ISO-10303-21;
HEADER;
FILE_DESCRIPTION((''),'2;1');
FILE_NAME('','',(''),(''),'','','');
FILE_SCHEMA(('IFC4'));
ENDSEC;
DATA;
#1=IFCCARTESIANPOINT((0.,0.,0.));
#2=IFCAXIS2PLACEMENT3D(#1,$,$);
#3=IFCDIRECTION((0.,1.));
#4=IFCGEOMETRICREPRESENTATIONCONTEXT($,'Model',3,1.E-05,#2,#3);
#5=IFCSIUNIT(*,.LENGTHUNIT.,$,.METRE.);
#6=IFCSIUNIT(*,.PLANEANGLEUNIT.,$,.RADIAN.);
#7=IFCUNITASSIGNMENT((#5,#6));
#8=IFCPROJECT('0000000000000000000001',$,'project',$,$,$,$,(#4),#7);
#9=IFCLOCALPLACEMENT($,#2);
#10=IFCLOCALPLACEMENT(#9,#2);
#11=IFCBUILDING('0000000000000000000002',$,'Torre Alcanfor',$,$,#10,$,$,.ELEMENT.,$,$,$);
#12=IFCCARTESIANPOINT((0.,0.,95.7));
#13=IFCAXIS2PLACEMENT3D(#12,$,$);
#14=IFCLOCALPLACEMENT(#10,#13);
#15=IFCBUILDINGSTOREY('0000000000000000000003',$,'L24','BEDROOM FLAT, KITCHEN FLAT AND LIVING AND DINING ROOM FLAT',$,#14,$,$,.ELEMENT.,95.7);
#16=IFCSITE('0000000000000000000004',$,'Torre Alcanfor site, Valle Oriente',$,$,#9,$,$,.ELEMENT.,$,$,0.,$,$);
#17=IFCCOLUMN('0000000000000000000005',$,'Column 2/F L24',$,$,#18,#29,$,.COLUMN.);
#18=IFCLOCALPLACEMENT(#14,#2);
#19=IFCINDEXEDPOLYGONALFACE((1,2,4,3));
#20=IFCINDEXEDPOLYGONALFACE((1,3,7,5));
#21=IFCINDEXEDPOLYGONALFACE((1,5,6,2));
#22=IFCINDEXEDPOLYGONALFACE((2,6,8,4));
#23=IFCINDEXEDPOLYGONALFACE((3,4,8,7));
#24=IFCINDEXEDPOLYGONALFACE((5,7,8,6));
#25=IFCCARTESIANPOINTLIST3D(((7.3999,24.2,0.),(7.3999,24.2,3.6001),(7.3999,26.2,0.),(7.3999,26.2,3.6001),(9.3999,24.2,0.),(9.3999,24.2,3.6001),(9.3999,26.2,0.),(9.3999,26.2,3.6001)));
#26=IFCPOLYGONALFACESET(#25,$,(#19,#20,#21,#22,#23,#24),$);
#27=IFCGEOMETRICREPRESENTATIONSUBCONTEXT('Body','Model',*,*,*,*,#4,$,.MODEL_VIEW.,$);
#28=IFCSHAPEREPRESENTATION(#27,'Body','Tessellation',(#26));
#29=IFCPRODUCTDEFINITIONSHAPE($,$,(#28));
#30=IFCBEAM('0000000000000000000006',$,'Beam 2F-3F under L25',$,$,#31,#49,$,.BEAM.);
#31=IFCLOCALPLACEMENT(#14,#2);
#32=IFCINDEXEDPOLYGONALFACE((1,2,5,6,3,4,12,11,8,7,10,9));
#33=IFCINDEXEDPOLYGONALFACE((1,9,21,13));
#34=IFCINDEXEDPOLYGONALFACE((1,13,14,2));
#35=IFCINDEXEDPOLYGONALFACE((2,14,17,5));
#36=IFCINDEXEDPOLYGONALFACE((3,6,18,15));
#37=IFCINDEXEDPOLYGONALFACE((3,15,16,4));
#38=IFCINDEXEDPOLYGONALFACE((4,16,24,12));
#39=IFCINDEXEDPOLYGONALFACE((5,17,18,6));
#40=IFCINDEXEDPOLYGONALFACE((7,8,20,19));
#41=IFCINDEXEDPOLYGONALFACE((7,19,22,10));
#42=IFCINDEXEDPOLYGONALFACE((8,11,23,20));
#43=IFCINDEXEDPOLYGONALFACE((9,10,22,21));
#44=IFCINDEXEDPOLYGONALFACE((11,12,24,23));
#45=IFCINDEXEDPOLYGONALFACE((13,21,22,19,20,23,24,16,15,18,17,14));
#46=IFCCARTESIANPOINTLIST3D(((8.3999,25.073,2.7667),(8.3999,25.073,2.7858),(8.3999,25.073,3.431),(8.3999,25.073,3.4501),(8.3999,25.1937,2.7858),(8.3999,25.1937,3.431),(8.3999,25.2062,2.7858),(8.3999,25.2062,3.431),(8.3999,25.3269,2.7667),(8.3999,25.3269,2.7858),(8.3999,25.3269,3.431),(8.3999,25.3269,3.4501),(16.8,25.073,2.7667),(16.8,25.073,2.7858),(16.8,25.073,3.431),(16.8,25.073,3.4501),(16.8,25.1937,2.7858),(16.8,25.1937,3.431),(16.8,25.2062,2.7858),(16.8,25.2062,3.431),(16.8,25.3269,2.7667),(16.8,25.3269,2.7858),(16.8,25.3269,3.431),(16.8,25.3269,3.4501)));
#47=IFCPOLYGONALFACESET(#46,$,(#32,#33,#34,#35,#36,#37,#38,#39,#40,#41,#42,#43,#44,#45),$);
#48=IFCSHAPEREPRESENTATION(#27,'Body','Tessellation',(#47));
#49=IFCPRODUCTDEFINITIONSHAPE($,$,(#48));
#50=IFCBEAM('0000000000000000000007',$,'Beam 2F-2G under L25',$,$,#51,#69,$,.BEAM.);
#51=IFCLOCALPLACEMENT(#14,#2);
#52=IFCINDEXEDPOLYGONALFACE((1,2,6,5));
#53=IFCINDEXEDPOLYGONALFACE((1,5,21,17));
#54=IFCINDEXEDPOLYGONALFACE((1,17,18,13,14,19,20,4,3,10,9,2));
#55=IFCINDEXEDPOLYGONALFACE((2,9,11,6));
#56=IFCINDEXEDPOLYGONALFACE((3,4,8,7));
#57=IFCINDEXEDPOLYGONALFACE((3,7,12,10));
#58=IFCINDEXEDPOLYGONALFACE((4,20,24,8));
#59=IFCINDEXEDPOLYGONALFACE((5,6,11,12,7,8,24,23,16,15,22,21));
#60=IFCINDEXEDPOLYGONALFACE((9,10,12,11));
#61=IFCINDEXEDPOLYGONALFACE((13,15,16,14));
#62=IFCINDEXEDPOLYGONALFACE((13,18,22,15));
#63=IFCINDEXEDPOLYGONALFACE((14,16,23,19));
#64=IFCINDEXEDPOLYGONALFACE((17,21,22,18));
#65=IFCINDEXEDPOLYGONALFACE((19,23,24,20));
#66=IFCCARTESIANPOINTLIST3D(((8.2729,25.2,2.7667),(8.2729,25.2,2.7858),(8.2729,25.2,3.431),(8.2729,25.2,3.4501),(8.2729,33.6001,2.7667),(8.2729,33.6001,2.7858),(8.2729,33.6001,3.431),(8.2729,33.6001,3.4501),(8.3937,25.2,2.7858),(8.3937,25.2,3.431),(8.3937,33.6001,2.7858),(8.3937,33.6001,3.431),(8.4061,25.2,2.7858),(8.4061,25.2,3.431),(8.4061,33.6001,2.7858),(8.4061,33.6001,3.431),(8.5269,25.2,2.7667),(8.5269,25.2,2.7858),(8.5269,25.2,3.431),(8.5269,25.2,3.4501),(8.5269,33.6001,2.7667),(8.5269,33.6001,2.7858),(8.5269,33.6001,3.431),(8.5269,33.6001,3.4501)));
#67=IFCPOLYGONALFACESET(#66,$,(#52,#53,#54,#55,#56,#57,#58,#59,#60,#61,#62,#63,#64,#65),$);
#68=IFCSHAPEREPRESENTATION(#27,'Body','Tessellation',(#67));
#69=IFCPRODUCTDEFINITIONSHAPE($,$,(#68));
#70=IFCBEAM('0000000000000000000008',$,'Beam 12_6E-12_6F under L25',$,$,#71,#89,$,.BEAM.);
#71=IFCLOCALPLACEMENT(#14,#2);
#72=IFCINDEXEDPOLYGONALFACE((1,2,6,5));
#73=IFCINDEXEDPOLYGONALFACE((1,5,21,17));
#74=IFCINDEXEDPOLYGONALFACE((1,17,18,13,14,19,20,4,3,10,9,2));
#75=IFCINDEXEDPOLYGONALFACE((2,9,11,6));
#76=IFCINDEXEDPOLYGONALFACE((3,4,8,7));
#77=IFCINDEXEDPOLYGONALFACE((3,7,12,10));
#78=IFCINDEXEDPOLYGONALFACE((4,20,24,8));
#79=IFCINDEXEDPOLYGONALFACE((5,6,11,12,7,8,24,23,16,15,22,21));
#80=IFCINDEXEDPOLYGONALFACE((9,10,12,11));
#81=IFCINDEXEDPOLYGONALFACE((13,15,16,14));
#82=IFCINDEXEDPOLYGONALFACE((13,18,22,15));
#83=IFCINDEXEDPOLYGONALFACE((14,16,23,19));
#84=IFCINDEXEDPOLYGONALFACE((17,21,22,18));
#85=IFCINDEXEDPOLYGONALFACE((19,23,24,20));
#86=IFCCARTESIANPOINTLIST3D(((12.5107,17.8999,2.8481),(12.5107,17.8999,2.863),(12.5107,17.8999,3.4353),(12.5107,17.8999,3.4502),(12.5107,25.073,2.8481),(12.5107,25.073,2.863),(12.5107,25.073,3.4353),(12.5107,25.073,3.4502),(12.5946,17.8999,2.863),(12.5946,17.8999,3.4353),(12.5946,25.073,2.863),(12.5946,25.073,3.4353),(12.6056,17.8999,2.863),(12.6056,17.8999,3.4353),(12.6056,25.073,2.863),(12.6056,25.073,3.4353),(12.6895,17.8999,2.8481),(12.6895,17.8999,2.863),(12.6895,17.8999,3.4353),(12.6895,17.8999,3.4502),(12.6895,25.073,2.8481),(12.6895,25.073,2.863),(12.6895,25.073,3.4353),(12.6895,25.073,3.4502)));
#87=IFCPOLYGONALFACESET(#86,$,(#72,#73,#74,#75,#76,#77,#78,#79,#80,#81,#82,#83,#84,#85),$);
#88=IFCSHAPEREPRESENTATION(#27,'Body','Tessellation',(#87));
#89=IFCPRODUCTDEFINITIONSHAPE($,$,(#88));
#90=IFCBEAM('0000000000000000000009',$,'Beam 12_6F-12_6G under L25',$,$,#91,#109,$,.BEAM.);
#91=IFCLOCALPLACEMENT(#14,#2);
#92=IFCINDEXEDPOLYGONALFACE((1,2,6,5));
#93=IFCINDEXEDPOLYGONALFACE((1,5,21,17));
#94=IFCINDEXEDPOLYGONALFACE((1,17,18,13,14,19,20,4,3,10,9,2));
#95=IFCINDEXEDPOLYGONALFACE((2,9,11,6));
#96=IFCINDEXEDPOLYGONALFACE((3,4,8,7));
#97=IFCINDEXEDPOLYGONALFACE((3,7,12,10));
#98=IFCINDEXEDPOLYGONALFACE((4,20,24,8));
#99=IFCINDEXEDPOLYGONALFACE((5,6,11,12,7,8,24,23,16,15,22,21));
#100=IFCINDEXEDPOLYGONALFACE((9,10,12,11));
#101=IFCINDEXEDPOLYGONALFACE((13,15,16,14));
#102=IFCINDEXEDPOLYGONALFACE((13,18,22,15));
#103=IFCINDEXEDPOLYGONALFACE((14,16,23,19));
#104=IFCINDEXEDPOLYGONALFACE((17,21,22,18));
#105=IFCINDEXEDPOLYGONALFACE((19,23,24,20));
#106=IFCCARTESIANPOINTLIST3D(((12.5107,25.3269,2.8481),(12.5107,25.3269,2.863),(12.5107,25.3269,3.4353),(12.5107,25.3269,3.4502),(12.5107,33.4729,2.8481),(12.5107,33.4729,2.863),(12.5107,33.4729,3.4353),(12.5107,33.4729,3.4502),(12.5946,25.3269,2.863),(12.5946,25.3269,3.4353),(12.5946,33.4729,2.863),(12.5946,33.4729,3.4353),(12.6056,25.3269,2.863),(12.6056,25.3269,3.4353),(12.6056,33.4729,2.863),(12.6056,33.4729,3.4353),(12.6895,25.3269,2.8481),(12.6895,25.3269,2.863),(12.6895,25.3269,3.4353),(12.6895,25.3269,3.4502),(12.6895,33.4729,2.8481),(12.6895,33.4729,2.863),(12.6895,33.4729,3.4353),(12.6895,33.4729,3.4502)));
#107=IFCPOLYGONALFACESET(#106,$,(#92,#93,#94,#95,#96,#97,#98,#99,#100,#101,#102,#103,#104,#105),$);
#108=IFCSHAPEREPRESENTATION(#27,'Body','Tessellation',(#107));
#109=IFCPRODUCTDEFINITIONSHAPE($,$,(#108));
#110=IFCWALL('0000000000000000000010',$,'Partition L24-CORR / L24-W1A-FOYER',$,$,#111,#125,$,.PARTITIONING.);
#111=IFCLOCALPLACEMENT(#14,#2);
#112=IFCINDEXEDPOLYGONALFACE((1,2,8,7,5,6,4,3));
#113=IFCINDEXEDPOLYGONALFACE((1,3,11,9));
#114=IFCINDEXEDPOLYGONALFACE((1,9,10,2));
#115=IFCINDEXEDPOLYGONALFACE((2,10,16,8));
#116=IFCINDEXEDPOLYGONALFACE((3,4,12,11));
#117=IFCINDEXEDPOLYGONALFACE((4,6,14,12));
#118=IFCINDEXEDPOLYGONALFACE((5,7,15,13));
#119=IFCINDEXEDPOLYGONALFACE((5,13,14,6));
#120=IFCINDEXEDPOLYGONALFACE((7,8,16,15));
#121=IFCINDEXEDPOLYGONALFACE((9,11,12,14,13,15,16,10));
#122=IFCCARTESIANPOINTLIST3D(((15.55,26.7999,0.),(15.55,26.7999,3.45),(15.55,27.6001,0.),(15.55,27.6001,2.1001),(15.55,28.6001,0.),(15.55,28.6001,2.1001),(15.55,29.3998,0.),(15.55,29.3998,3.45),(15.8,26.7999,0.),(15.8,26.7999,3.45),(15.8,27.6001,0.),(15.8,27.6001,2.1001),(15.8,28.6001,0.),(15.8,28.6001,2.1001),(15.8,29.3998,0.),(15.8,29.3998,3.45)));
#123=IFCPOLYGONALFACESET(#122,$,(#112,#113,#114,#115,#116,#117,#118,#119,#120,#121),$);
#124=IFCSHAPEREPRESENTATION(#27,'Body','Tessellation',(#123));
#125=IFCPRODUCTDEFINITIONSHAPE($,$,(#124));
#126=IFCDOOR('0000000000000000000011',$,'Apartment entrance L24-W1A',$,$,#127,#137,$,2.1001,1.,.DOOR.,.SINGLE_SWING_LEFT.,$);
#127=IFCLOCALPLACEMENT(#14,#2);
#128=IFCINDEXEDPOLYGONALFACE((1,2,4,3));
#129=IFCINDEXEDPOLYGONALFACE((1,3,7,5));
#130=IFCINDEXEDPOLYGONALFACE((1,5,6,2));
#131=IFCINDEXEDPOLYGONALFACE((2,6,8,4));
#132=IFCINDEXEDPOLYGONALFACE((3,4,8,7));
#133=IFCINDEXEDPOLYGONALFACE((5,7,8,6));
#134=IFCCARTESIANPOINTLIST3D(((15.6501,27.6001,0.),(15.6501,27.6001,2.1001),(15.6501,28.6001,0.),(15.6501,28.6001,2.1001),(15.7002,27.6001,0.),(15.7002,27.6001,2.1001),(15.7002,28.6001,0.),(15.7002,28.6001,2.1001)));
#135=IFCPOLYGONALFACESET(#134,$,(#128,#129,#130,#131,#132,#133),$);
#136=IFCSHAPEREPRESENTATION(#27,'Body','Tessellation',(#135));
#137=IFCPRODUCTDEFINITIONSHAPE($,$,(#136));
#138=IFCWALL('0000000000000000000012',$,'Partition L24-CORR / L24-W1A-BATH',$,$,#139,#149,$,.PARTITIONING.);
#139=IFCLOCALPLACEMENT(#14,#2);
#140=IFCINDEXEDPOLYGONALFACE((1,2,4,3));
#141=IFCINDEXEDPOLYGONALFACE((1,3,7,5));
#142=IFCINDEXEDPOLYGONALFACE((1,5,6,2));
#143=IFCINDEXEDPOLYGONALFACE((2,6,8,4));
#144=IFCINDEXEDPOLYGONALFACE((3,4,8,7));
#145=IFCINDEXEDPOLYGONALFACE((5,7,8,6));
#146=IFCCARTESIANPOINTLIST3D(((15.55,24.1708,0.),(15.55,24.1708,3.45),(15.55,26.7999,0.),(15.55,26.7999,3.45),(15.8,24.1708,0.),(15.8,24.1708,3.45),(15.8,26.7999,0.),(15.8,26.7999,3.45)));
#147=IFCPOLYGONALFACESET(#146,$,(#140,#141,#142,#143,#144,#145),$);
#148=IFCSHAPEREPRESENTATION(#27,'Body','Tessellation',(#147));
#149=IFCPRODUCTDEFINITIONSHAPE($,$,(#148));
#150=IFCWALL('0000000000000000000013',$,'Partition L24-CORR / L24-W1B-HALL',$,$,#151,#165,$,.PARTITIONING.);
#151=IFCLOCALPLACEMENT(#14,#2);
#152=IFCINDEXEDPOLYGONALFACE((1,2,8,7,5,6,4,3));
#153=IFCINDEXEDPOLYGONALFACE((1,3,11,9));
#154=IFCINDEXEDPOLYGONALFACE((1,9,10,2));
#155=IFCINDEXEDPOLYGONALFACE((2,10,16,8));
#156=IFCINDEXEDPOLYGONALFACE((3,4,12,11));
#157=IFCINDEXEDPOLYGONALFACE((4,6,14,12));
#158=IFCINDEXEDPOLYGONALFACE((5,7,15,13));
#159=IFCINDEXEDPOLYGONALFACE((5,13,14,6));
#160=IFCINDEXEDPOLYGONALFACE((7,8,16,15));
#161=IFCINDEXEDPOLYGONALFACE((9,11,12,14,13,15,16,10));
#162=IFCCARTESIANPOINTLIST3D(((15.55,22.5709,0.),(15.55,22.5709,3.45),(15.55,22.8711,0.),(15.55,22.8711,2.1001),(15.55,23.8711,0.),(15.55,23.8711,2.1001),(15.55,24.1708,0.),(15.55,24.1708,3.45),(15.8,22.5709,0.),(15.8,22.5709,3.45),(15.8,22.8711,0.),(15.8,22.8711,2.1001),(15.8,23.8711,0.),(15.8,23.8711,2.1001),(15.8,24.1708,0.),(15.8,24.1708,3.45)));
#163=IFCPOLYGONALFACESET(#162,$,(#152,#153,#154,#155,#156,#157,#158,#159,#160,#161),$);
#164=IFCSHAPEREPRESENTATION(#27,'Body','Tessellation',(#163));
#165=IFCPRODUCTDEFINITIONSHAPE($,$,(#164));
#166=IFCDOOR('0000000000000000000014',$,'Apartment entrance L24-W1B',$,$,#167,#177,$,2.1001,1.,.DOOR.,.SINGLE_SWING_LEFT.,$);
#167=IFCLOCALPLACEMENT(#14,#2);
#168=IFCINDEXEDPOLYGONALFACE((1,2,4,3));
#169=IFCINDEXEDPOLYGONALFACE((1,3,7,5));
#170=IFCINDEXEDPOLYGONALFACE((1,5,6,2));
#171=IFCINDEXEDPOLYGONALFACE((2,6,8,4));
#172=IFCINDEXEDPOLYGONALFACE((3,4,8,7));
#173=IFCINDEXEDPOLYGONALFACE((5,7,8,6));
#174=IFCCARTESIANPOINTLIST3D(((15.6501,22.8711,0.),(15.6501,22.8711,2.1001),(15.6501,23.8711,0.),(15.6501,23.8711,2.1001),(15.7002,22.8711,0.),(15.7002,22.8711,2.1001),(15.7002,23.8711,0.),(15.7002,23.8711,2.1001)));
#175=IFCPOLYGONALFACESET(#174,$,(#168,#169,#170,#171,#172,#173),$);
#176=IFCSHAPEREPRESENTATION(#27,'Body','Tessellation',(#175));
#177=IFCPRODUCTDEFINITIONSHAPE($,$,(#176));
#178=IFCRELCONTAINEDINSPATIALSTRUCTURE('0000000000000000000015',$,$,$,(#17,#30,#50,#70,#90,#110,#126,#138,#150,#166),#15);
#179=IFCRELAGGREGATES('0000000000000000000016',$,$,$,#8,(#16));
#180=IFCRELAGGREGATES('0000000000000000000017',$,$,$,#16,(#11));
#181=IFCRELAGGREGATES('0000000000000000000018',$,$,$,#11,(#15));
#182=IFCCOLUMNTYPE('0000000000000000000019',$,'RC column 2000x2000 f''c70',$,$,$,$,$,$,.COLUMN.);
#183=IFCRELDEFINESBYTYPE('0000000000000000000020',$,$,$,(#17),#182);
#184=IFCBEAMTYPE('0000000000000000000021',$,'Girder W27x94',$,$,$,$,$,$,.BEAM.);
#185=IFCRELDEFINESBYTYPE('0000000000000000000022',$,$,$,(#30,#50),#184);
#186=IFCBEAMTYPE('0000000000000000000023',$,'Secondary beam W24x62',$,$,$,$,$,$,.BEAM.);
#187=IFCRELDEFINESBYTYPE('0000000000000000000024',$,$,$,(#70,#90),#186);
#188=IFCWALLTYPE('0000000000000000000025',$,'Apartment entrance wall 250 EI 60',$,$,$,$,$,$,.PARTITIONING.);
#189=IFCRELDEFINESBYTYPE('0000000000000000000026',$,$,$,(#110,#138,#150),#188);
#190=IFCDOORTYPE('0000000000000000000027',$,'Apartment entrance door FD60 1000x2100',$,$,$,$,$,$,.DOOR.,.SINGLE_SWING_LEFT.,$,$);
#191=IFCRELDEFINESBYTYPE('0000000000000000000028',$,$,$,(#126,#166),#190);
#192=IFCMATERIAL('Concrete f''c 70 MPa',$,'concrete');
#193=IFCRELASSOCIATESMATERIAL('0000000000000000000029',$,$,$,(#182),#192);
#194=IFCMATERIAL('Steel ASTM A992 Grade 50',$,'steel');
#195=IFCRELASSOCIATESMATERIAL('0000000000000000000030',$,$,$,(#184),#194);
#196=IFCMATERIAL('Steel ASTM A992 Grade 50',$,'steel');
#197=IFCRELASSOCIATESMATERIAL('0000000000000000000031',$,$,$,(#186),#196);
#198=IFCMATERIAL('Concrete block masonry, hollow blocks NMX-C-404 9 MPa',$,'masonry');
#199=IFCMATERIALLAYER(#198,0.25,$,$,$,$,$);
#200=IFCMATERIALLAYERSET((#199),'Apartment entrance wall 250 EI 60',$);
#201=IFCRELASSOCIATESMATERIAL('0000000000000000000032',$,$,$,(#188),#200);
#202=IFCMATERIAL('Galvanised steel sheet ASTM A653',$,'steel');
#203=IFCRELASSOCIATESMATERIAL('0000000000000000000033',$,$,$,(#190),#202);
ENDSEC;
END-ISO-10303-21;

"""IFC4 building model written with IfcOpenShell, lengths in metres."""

from ifc_helpers import new_model, si_unit, direction, frame, frame_2d, origin, origin_2d, place, context, subcontext, project, spatial, rectangle, i_section, extrude, material, layer, layer_set, material_profile, profile_set, type_object, element, fill, save


model = new_model("IFC4")

# Units and contexts
model_context = context("Model", 3, precision=1e-05, world=origin(), true_north=direction((0.0, 1.0)))
body_context = subcontext(model_context, "Body", "Model", "MODEL_VIEW")
ifc_project = project(units=[si_unit("LENGTHUNIT", "METRE"), si_unit("PLANEANGLEUNIT", "RADIAN")], contexts=[model_context])

# Site, building, storey
site_placement = place(None, origin())
site = spatial("IfcSite", under=ifc_project, at=site_placement, Name="Torre Alcanfor site, Valle Oriente", CompositionType="ELEMENT", RefElevation=0.0)
building_placement = place(site_placement, origin())
building = spatial("IfcBuilding", under=site, at=building_placement, Name="Torre Alcanfor", CompositionType="ELEMENT")
storey_placement = place(building_placement, frame((0.0, 0.0, 95.7)))
storey = spatial("IfcBuildingStorey", under=building, at=storey_placement, Name="L24", Description="BEDROOM FLAT, KITCHEN FLAT AND LIVING AND DINING ROOM FLAT", CompositionType="ELEMENT", Elevation=95.7)

# Column
ifc_material_1 = material(Name="Concrete f'c 70 MPa", Category="concrete")
ifc_material_profile_1 = material_profile(ifc_material_1, rectangle(XDim=2.0, YDim=2.0, at=origin_2d()), Name="2000x2000")
ifc_profile_set_1 = profile_set([ifc_material_profile_1], Name="Concrete f'c 70 MPa")
column_type = type_object("IfcColumnType", Name="RC column 2000x2000 f'c70", PredefinedType="COLUMN", material=ifc_profile_set_1)
column_placement = place(storey_placement, frame((8.3999, 25.2, 0.0), z_axis=(0.0, 0.0, 1.0), x_axis=(1.0, 0.0, 0.0)))
element("IfcColumn", 1, at=column_placement, inside=storey, type_object=column_type, Name="Column 2/F L24", PredefinedType="COLUMN", context=body_context, shape_type="SweptSolid", body=[
    extrude(rectangle(XDim=2.0, YDim=2.0, at=origin_2d()), origin(), (0.0, 0.0, 1.0), 3.6001),
])

# Beams
ifc_material_2 = material(Name="Steel ASTM A992 Grade 50", Category="steel")
ifc_material_profile_2 = material_profile(ifc_material_2, i_section(OverallWidth=0.2539, OverallDepth=0.6833, WebThickness=0.0125, FlangeThickness=0.019, at=origin_2d()), Name="W27x94")
ifc_profile_set_2 = profile_set([ifc_material_profile_2], Name="Steel ASTM A992 Grade 50")
beam_type_1 = type_object("IfcBeamType", Name="Girder W27x94", PredefinedType="BEAM", material=ifc_profile_set_2)
for number, where, z_axis, x_axis, name in (
    (2, (8.3999, 25.2, 3.1084), (1.0, 0.0, 0.0), (0.0, 1.0, 0.0), "Beam 2F-3F under L25"),
    (3, (8.3999, 25.2, 3.1084), (0.0, 1.0, 0.0), (-1.0, 0.0, 0.0), "Beam 2F-2G under L25"),
):
    element("IfcBeam", number, at=place(storey_placement, frame(where, z_axis=z_axis, x_axis=x_axis)), inside=storey, type_object=beam_type_1, Name=name, PredefinedType="BEAM", context=body_context, shape_type="SweptSolid", body=[
        extrude(i_section(OverallWidth=0.2539, OverallDepth=0.6833, WebThickness=0.0125, FlangeThickness=0.019, at=origin_2d()), origin(), (0.0, 0.0, 1.0), 8.4001),
    ])
ifc_material_3 = material(Name="Steel ASTM A992 Grade 50", Category="steel")
ifc_material_profile_3 = material_profile(ifc_material_3, i_section(OverallWidth=0.1787, OverallDepth=0.6021, WebThickness=0.011, FlangeThickness=0.0149, at=origin_2d()), Name="W24x62")
ifc_profile_set_3 = profile_set([ifc_material_profile_3], Name="Steel ASTM A992 Grade 50")
beam_type_2 = type_object("IfcBeamType", Name="Secondary beam W24x62", PredefinedType="BEAM", material=ifc_profile_set_3)
beam_1_placement = place(storey_placement, frame((12.6001, 17.8999, 3.1492), z_axis=(0.0, 1.0, 0.0), x_axis=(-1.0, 0.0, 0.0)))
element("IfcBeam", 4, at=beam_1_placement, inside=storey, type_object=beam_type_2, Name="Beam 12_6E-12_6F under L25", PredefinedType="BEAM", context=body_context, shape_type="SweptSolid", body=[
    extrude(i_section(OverallWidth=0.1787, OverallDepth=0.6021, WebThickness=0.011, FlangeThickness=0.0149, at=origin_2d()), origin(), (0.0, 0.0, 1.0), 7.1731),
])
beam_2_placement = place(storey_placement, frame((12.6001, 25.3269, 3.1492), z_axis=(0.0, 1.0, 0.0), x_axis=(-1.0, 0.0, 0.0)))
element("IfcBeam", 5, at=beam_2_placement, inside=storey, type_object=beam_type_2, Name="Beam 12_6F-12_6G under L25", PredefinedType="BEAM", context=body_context, shape_type="SweptSolid", body=[
    extrude(i_section(OverallWidth=0.1787, OverallDepth=0.6021, WebThickness=0.011, FlangeThickness=0.0149, at=origin_2d()), origin(), (0.0, 0.0, 1.0), 8.146),
])

# Wall, opening, door
ifc_material_4 = material(Name="Concrete block masonry, hollow blocks NMX-C-404 9 MPa", Category="masonry")
ifc_layer_1 = layer(ifc_material_4, 0.25)
ifc_layer_set_1 = layer_set([ifc_layer_1], Name="Apartment entrance wall 250 EI 60")
wall_type_1 = type_object("IfcWallType", Name="Apartment entrance wall 250 EI 60", PredefinedType="PARTITIONING", material=ifc_layer_set_1)
wall_1_placement = place(storey_placement, frame((15.675, 26.8, 0.0), z_axis=(0.0, 0.0, 1.0), x_axis=(0.0, 1.0, 0.0)))
wall_1 = element("IfcWall", 6, at=wall_1_placement, inside=storey, type_object=wall_type_1, Name="Partition L24-CORR / L24-W1A-FOYER", PredefinedType="PARTITIONING", context=body_context, shape_type="SweptSolid", body=[
    extrude(rectangle(XDim=2.5999, YDim=0.25, at=frame_2d((1.2998, 0.0))), origin(), (0.0, 0.0, 1.0), 3.45),
])
opening_1_placement = place(wall_1_placement, frame((0.8, 0.0, 0.0)))
opening_1 = element("IfcOpeningElement", 7, at=opening_1_placement, cuts=wall_1, PredefinedType="OPENING", context=body_context, shape_type="SweptSolid", body=[
    extrude(rectangle(XDim=1.0, YDim=2.1001, at=frame_2d((0.5, 1.05))), frame((0.0, 0.135, 0.0), z_axis=(0.0, -1.0, 0.0), x_axis=(1.0, 0.0, 0.0)), (0.0, 0.0, 1.0), 0.27),
])
ifc_material_5 = material(Name="Galvanised steel sheet ASTM A653", Category="steel")
door_type_1 = type_object("IfcDoorType", Name="Apartment entrance door FD60 1000x2100", OperationType="SINGLE_SWING_LEFT", PredefinedType="DOOR", material=ifc_material_5)
door_1_placement = place(opening_1_placement, origin())
door_1 = element("IfcDoor", 8, at=door_1_placement, inside=storey, type_object=door_type_1, Name="Apartment entrance L24-W1A", OperationType="SINGLE_SWING_LEFT", OverallHeight=2.1001, OverallWidth=1.0, PredefinedType="DOOR", context=body_context, shape_type="SweptSolid", body=[
    extrude(rectangle(XDim=1.0, YDim=2.1001, at=frame_2d((0.5, 1.05))), frame((0.0, 0.0249, 0.0), z_axis=(0.0, -1.0, 0.0), x_axis=(1.0, 0.0, 0.0)), (0.0, 0.0, 1.0), 0.05),
])
fill(opening_1, door_1)

# Wall
wall_2_placement = place(storey_placement, frame((15.675, 24.1709, 0.0), z_axis=(0.0, 0.0, 1.0), x_axis=(0.0, 1.0, 0.0)))
element("IfcWall", 9, at=wall_2_placement, inside=storey, type_object=wall_type_1, Name="Partition L24-CORR / L24-W1A-BATH", PredefinedType="PARTITIONING", context=body_context, shape_type="SweptSolid", body=[
    extrude(rectangle(XDim=2.6292, YDim=0.25, at=frame_2d((1.3145, 0.0))), origin(), (0.0, 0.0, 1.0), 3.45),
])

# Wall, opening, door
wall_3_placement = place(storey_placement, frame((15.675, 22.571, 0.0), z_axis=(0.0, 0.0, 1.0), x_axis=(0.0, 1.0, 0.0)))
wall_3 = element("IfcWall", 10, at=wall_3_placement, inside=storey, type_object=wall_type_1, Name="Partition L24-CORR / L24-W1B-HALL", PredefinedType="PARTITIONING", context=body_context, shape_type="SweptSolid", body=[
    extrude(rectangle(XDim=1.5999, YDim=0.25, at=frame_2d((0.7998, 0.0))), origin(), (0.0, 0.0, 1.0), 3.45),
])
opening_2_placement = place(wall_3_placement, frame((0.3, 0.0, 0.0)))
opening_2 = element("IfcOpeningElement", 11, at=opening_2_placement, cuts=wall_3, PredefinedType="OPENING", context=body_context, shape_type="SweptSolid", body=[
    extrude(rectangle(XDim=1.0, YDim=2.1001, at=frame_2d((0.5, 1.05))), frame((0.0, 0.135, 0.0), z_axis=(0.0, -1.0, 0.0), x_axis=(1.0, 0.0, 0.0)), (0.0, 0.0, 1.0), 0.27),
])
door_2_placement = place(opening_2_placement, origin())
door_2 = element("IfcDoor", 12, at=door_2_placement, inside=storey, type_object=door_type_1, Name="Apartment entrance L24-W1B", OperationType="SINGLE_SWING_LEFT", OverallHeight=2.1001, OverallWidth=1.0, PredefinedType="DOOR", context=body_context, shape_type="SweptSolid", body=[
    extrude(rectangle(XDim=1.0, YDim=2.1001, at=frame_2d((0.5, 1.05))), frame((0.0, 0.0249, 0.0), z_axis=(0.0, -1.0, 0.0), x_axis=(1.0, 0.0, 0.0)), (0.0, 0.0, 1.0), 0.05),
])
fill(opening_2, door_2)

save(model, "model.ifc")
